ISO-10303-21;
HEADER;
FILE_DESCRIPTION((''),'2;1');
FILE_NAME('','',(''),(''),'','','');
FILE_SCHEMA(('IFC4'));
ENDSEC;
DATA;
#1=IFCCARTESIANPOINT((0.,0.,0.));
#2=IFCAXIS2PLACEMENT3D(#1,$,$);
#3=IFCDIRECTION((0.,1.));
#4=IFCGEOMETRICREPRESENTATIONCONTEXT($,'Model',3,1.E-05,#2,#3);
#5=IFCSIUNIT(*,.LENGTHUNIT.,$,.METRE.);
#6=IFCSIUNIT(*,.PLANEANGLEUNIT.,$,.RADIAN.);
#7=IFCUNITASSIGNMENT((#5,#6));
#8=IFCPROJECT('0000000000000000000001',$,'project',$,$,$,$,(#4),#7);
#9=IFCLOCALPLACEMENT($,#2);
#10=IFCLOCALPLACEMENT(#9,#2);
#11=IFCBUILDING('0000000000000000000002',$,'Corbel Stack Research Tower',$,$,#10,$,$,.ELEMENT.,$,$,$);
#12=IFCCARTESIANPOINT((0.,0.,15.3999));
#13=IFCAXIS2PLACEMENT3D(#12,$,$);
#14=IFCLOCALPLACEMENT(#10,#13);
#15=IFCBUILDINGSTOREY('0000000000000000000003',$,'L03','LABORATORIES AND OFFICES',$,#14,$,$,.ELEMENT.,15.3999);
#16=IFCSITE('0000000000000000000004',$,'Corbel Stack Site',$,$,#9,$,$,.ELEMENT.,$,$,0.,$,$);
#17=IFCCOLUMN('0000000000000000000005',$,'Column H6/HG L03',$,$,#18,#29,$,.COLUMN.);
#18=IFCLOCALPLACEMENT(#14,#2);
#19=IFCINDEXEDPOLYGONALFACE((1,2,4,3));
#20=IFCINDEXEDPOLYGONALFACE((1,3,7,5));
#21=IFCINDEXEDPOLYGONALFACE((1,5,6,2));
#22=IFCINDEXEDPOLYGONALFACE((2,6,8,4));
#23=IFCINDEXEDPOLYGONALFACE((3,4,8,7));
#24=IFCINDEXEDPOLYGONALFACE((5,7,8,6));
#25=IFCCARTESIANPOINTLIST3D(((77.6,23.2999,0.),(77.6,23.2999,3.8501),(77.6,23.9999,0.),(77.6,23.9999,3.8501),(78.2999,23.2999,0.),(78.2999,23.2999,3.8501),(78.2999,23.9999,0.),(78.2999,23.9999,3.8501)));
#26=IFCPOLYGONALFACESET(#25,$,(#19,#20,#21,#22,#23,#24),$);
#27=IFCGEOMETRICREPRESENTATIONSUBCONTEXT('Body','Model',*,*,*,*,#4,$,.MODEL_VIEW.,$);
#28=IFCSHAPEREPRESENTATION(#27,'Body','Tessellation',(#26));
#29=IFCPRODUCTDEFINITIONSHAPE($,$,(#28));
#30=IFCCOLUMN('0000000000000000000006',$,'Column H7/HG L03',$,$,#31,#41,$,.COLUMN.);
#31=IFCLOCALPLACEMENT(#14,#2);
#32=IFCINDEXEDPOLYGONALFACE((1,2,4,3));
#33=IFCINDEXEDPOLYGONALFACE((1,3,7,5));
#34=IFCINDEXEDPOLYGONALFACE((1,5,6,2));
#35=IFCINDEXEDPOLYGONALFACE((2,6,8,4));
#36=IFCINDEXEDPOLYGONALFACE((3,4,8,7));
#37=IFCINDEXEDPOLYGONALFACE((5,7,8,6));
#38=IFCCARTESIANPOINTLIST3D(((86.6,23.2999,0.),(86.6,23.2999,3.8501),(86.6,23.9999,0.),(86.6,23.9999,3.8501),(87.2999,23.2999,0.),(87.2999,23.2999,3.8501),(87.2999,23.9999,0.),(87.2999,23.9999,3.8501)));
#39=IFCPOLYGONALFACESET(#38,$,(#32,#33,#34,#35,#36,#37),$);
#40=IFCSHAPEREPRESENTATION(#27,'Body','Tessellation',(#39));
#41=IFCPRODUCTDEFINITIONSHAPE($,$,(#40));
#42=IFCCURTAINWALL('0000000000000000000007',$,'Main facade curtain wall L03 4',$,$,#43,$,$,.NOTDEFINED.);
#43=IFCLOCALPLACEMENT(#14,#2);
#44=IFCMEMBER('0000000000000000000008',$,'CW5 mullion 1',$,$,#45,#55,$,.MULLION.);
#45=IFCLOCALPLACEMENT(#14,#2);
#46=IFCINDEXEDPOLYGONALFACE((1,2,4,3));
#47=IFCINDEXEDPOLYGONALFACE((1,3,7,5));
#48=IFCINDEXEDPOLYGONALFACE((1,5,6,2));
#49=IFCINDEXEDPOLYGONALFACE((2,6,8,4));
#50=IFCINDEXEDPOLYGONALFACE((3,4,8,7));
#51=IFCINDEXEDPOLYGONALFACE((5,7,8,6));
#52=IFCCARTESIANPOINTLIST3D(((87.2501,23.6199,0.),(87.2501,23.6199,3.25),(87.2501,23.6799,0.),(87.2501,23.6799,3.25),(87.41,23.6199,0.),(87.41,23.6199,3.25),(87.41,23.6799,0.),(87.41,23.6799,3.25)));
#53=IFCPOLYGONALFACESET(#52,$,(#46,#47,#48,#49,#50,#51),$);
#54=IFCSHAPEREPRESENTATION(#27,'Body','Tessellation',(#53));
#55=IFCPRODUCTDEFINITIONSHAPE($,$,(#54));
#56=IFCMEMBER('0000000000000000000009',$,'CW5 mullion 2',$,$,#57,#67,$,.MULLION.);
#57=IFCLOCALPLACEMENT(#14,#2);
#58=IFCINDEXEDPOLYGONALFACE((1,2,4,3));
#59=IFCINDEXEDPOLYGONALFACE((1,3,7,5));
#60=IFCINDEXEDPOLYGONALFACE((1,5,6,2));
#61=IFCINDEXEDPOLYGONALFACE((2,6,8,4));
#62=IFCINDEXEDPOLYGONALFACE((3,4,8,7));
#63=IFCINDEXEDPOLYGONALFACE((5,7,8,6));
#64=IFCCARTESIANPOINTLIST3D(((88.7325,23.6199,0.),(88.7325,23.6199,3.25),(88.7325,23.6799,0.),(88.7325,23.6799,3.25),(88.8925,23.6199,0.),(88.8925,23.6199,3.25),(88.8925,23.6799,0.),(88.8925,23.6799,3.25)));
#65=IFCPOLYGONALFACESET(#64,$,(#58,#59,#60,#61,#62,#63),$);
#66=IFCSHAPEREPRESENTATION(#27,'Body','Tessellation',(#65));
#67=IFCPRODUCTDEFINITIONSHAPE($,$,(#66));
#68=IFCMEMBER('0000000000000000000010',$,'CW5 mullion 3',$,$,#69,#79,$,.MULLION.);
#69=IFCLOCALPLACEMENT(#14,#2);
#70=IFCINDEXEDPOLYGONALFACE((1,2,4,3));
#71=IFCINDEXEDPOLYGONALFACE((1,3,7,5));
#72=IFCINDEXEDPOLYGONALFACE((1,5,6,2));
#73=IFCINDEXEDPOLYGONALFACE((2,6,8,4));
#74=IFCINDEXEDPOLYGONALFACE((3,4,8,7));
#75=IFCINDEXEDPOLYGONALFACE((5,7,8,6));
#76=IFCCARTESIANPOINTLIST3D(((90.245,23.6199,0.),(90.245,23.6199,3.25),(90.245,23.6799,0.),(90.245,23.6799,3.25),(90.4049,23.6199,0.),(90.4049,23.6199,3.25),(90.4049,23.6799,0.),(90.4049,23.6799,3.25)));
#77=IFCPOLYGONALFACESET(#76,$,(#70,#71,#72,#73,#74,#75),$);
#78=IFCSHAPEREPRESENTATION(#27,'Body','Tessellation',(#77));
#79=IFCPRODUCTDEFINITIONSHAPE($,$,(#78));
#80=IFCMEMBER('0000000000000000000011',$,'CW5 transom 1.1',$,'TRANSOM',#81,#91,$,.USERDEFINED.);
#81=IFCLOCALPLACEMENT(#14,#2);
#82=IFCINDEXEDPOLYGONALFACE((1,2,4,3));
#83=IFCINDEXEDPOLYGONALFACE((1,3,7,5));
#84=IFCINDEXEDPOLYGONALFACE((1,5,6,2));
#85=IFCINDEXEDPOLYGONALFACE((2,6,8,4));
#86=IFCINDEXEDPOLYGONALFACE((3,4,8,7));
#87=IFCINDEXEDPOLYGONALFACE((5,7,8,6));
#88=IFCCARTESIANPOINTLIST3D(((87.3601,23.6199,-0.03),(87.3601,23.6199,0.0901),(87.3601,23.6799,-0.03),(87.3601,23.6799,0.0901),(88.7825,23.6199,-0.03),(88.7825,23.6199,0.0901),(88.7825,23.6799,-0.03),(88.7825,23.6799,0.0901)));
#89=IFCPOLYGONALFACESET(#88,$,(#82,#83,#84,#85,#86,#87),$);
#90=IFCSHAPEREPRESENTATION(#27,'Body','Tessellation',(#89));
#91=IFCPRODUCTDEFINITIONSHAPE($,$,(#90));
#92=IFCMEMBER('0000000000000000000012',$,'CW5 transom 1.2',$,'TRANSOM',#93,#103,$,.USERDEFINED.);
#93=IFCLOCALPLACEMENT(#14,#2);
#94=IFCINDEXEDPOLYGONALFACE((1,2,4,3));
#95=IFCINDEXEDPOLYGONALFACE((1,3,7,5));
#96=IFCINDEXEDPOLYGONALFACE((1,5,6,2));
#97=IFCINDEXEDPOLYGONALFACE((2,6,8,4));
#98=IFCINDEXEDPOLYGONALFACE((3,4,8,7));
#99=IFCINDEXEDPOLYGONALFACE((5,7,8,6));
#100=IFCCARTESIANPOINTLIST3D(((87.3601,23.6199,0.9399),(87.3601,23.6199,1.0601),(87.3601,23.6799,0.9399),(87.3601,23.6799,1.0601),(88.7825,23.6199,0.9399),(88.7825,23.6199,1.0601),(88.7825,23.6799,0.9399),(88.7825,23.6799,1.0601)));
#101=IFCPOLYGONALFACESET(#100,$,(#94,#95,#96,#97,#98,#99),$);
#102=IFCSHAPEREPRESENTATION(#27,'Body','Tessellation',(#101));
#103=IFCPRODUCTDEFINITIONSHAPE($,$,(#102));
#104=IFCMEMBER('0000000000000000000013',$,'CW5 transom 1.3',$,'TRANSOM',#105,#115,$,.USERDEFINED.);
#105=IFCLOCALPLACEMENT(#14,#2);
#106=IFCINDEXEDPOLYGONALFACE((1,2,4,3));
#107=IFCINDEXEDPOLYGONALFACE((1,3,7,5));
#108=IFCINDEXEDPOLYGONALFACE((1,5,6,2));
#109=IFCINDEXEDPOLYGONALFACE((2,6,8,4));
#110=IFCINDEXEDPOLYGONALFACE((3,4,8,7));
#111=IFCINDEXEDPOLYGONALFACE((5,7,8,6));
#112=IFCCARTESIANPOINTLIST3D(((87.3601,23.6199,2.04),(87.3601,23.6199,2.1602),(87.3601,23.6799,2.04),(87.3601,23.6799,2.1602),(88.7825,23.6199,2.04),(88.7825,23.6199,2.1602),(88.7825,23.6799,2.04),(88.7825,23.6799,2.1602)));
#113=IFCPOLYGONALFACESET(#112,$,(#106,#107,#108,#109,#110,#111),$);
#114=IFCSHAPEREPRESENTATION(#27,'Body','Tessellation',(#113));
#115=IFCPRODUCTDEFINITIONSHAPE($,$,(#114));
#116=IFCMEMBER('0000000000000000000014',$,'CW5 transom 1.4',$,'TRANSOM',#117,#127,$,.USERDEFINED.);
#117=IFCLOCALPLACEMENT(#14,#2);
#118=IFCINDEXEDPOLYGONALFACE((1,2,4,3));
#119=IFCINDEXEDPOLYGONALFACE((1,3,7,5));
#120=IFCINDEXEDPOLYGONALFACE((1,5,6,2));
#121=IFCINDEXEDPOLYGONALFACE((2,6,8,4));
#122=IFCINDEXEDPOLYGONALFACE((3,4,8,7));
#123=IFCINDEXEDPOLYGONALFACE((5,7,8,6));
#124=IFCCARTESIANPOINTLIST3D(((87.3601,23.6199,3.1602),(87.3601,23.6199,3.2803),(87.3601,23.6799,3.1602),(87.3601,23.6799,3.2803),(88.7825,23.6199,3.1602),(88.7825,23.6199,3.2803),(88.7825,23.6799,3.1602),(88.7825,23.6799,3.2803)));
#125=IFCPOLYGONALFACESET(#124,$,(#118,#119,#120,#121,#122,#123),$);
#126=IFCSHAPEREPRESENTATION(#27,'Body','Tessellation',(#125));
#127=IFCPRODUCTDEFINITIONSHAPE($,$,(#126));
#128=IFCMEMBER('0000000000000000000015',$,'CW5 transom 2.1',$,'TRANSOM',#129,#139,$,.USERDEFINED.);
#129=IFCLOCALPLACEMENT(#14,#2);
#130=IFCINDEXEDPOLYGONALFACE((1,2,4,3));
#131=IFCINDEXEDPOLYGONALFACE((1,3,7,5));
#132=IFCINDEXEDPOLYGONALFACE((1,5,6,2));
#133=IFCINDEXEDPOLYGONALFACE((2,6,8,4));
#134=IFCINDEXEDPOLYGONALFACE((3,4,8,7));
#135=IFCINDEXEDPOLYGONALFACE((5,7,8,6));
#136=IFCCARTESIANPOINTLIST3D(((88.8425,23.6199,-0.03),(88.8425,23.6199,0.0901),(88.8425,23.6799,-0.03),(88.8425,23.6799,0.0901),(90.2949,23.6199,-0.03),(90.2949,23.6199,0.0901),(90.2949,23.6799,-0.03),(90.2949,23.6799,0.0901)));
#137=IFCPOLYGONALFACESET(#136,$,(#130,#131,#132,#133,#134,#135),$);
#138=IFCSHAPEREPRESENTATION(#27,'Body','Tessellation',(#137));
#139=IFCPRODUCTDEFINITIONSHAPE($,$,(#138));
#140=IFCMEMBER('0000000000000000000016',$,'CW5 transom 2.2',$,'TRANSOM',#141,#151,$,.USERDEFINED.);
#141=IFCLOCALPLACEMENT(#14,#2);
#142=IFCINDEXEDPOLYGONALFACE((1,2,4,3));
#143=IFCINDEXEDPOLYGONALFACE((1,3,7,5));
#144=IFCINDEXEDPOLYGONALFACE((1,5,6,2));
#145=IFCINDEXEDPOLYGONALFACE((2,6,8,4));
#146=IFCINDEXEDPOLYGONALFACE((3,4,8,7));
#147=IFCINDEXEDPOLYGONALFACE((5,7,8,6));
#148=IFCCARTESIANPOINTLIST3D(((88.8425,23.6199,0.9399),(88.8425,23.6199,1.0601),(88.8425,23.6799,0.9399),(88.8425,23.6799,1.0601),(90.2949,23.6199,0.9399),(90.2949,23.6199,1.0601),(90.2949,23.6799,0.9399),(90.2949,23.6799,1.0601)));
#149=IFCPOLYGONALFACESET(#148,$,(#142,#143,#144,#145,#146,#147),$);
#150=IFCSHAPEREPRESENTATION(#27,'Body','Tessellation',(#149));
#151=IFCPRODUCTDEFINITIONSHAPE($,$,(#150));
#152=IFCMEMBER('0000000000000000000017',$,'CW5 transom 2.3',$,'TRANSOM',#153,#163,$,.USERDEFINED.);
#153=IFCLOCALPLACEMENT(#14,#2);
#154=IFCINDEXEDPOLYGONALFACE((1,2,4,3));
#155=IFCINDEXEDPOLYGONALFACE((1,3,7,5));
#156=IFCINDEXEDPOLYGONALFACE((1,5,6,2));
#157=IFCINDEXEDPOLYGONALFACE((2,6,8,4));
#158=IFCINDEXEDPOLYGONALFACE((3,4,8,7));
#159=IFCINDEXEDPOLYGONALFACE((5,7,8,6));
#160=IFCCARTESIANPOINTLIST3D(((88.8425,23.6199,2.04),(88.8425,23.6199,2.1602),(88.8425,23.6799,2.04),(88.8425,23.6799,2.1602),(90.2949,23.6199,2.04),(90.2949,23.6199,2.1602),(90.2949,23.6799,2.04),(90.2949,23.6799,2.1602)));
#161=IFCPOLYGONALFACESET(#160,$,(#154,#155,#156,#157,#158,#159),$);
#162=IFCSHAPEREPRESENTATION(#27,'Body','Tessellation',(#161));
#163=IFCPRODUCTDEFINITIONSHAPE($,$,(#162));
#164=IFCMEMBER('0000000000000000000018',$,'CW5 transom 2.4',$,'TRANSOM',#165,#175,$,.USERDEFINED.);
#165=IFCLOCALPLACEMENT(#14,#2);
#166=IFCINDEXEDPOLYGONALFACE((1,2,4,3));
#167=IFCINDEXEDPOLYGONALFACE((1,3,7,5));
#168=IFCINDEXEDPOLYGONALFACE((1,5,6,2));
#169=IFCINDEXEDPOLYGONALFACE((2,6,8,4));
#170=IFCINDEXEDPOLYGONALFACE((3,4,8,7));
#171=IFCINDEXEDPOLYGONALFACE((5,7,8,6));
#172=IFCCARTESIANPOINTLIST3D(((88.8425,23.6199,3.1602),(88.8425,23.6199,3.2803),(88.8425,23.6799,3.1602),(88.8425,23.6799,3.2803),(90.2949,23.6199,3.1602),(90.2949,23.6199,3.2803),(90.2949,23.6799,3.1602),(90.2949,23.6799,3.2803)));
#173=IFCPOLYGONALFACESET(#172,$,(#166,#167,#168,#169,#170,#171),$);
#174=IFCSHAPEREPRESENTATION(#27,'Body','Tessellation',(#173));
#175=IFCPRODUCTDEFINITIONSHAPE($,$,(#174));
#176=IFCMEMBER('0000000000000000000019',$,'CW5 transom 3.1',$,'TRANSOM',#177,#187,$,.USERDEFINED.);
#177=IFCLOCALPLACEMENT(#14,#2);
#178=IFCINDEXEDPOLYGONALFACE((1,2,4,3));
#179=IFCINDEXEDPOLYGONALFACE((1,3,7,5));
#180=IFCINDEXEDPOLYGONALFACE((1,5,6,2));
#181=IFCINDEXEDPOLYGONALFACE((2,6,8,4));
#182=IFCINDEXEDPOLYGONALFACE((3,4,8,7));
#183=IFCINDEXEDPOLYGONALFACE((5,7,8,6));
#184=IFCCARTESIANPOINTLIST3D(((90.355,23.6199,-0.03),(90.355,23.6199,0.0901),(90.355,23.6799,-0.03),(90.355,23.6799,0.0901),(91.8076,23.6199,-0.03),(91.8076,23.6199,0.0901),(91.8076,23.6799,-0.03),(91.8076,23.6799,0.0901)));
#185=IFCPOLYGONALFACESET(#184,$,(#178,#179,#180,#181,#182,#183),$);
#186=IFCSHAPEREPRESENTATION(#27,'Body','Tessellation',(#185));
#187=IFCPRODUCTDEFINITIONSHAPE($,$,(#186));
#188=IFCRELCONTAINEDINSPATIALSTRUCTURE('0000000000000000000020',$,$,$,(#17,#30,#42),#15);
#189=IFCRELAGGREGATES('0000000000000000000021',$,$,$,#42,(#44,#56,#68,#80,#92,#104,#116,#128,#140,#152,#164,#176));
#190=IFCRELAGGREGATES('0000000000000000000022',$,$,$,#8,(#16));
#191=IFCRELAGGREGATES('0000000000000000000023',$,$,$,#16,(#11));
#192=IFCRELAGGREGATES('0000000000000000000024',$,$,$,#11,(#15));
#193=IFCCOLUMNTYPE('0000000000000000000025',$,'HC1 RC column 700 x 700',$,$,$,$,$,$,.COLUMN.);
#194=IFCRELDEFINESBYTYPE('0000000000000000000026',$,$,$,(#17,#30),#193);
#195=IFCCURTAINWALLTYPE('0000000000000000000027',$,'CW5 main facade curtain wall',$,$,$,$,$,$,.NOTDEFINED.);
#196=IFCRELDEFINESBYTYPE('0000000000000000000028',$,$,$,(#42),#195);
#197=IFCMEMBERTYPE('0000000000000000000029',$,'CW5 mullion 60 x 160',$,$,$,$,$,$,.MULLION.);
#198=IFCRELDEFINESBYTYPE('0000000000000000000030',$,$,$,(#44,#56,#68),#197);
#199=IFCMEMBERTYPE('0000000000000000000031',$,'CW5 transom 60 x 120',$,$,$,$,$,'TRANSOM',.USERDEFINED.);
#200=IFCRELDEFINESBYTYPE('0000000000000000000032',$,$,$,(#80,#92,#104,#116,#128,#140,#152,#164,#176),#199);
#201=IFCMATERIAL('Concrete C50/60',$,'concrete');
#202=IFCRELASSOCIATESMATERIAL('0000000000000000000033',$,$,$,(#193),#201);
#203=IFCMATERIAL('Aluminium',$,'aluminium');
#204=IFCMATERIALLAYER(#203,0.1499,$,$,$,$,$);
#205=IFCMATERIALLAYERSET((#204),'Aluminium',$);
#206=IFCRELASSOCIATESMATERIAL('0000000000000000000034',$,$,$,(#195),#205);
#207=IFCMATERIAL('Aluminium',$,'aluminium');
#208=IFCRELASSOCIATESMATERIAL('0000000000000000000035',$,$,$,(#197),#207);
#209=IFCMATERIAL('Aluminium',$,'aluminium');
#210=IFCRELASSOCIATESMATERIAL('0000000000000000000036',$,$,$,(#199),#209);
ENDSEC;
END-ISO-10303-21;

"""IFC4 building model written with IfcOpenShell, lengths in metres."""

from ifc_helpers import new_model, si_unit, direction, frame, origin, origin_2d, place, context, subcontext, project, spatial, rectangle, extrude, material, layer, layer_set, material_profile, profile_set, type_object, element, aggregate, save


model = new_model("IFC4")

# Units and contexts
model_context = context("Model", 3, precision=1e-05, world=origin(), true_north=direction((0.0, 1.0)))
body_context = subcontext(model_context, "Body", "Model", "MODEL_VIEW")
ifc_project = project(units=[si_unit("LENGTHUNIT", "METRE"), si_unit("PLANEANGLEUNIT", "RADIAN")], contexts=[model_context])

# Site, building, storey
site_placement = place(None, origin())
site = spatial("IfcSite", under=ifc_project, at=site_placement, Name="Corbel Stack Site", CompositionType="ELEMENT", RefElevation=0.0)
building_placement = place(site_placement, origin())
building = spatial("IfcBuilding", under=site, at=building_placement, Name="Corbel Stack Research Tower", CompositionType="ELEMENT")
storey_placement = place(building_placement, frame((0.0, 0.0, 15.3999)))
storey = spatial("IfcBuildingStorey", under=building, at=storey_placement, Name="L03", Description="LABORATORIES AND OFFICES", CompositionType="ELEMENT", Elevation=15.3999)

# Columns
ifc_material_1 = material(Name="Concrete C50/60", Category="concrete")
ifc_material_profile_1 = material_profile(ifc_material_1, rectangle(XDim=0.7, YDim=0.7, at=origin_2d()), Name="RC 700 x 700")
ifc_profile_set_1 = profile_set([ifc_material_profile_1], Name="Concrete C50/60")
column_type = type_object("IfcColumnType", Name="HC1 RC column 700 x 700", PredefinedType="COLUMN", material=ifc_profile_set_1)
for number, where, z_axis, x_axis, name in (
    (1, (77.95, 23.6499, 0.0), (0.0, 0.0, 1.0), (1.0, 0.0, 0.0), "Column H6/HG L03"),
    (2, (86.95, 23.6499, 0.0), (0.0, 0.0, 1.0), (1.0, 0.0, 0.0), "Column H7/HG L03"),
):
    element("IfcColumn", number, at=place(storey_placement, frame(where, z_axis=z_axis, x_axis=x_axis)), inside=storey, type_object=column_type, Name=name, PredefinedType="COLUMN", context=body_context, shape_type="SweptSolid", body=[
        extrude(rectangle(XDim=0.7, YDim=0.7, at=origin_2d()), origin(), (0.0, 0.0, 1.0), 3.8501),
    ])

# Curtain wall, members
ifc_material_2 = material(Name="Aluminium", Category="aluminium")
ifc_layer_1 = layer(ifc_material_2, 0.1499)
ifc_layer_set_1 = layer_set([ifc_layer_1], Name="Aluminium")
curtain_wall_type = type_object("IfcCurtainWallType", Name="CW5 main facade curtain wall", PredefinedType="NOTDEFINED", material=ifc_layer_set_1)
curtain_wall_placement = place(storey_placement, origin())
curtain_wall = element("IfcCurtainWall", 3, at=curtain_wall_placement, inside=storey, type_object=curtain_wall_type, Name="Main facade curtain wall L03 4", PredefinedType="NOTDEFINED")
ifc_material_3 = material(Name="Aluminium", Category="aluminium")
ifc_material_profile_2 = material_profile(ifc_material_3, rectangle(XDim=0.0601, YDim=0.1599, at=origin_2d()), Name="Mullion 60 x 160")
ifc_profile_set_2 = profile_set([ifc_material_profile_2], Name="Aluminium")
member_type_1 = type_object("IfcMemberType", Name="CW5 mullion 60 x 160", PredefinedType="MULLION", material=ifc_profile_set_2)
member_1_placement = place(storey_placement, frame((87.3301, 23.6499, 0.0), z_axis=(0.0, 0.0, 1.0), x_axis=(0.0, 1.0, 0.0)))
member_1 = element("IfcMember", 4, at=member_1_placement, type_object=member_type_1, Name="CW5 mullion 1", PredefinedType="MULLION", context=body_context, shape_type="SweptSolid", body=[
    extrude(rectangle(XDim=0.0601, YDim=0.1599, at=origin_2d()), origin(), (0.0, 0.0, 1.0), 3.25),
])
member_2_placement = place(storey_placement, frame((88.8125, 23.6499, 0.0), z_axis=(0.0, 0.0, 1.0), x_axis=(0.0, 1.0, 0.0)))
member_2 = element("IfcMember", 5, at=member_2_placement, type_object=member_type_1, Name="CW5 mullion 2", PredefinedType="MULLION", context=body_context, shape_type="SweptSolid", body=[
    extrude(rectangle(XDim=0.0601, YDim=0.1599, at=origin_2d()), origin(), (0.0, 0.0, 1.0), 3.25),
])
member_3_placement = place(storey_placement, frame((90.325, 23.6499, 0.0), z_axis=(0.0, 0.0, 1.0), x_axis=(0.0, 1.0, 0.0)))
member_3 = element("IfcMember", 6, at=member_3_placement, type_object=member_type_1, Name="CW5 mullion 3", PredefinedType="MULLION", context=body_context, shape_type="SweptSolid", body=[
    extrude(rectangle(XDim=0.0601, YDim=0.1599, at=origin_2d()), origin(), (0.0, 0.0, 1.0), 3.25),
])
ifc_material_4 = material(Name="Aluminium", Category="aluminium")
ifc_material_profile_3 = material_profile(ifc_material_4, rectangle(XDim=0.0601, YDim=0.1201, at=origin_2d()), Name="Transom 60 x 120")
ifc_profile_set_3 = profile_set([ifc_material_profile_3], Name="Aluminium")
member_type_2 = type_object("IfcMemberType", Name="CW5 transom 60 x 120", ElementType="TRANSOM", PredefinedType="USERDEFINED", material=ifc_profile_set_3)
member_4_placement = place(storey_placement, frame((87.3601, 23.6499, 0.03), z_axis=(1.0, 0.0, 0.0), x_axis=(0.0, 1.0, 0.0)))
member_4 = element("IfcMember", 7, at=member_4_placement, type_object=member_type_2, Name="CW5 transom 1.1", ObjectType="TRANSOM", PredefinedType="USERDEFINED", context=body_context, shape_type="SweptSolid", body=[
    extrude(rectangle(XDim=0.0601, YDim=0.1201, at=origin_2d()), origin(), (0.0, 0.0, 1.0), 1.4224),
])
member_5_placement = place(storey_placement, frame((87.3601, 23.6499, 1.0), z_axis=(1.0, 0.0, 0.0), x_axis=(0.0, 1.0, 0.0)))
member_5 = element("IfcMember", 8, at=member_5_placement, type_object=member_type_2, Name="CW5 transom 1.2", ObjectType="TRANSOM", PredefinedType="USERDEFINED", context=body_context, shape_type="SweptSolid", body=[
    extrude(rectangle(XDim=0.0601, YDim=0.1201, at=origin_2d()), origin(), (0.0, 0.0, 1.0), 1.4224),
])
member_6_placement = place(storey_placement, frame((87.3601, 23.6499, 2.1001), z_axis=(1.0, 0.0, 0.0), x_axis=(0.0, 1.0, 0.0)))
member_6 = element("IfcMember", 9, at=member_6_placement, type_object=member_type_2, Name="CW5 transom 1.3", ObjectType="TRANSOM", PredefinedType="USERDEFINED", context=body_context, shape_type="SweptSolid", body=[
    extrude(rectangle(XDim=0.0601, YDim=0.1201, at=origin_2d()), origin(), (0.0, 0.0, 1.0), 1.4224),
])
member_7_placement = place(storey_placement, frame((87.3601, 23.6499, 3.2202), z_axis=(1.0, 0.0, 0.0), x_axis=(0.0, 1.0, 0.0)))
member_7 = element("IfcMember", 10, at=member_7_placement, type_object=member_type_2, Name="CW5 transom 1.4", ObjectType="TRANSOM", PredefinedType="USERDEFINED", context=body_context, shape_type="SweptSolid", body=[
    extrude(rectangle(XDim=0.0601, YDim=0.1201, at=origin_2d()), origin(), (0.0, 0.0, 1.0), 1.4224),
])
member_8_placement = place(storey_placement, frame((88.8425, 23.6499, 0.03), z_axis=(1.0, 0.0, 0.0), x_axis=(0.0, 1.0, 0.0)))
member_8 = element("IfcMember", 11, at=member_8_placement, type_object=member_type_2, Name="CW5 transom 2.1", ObjectType="TRANSOM", PredefinedType="USERDEFINED", context=body_context, shape_type="SweptSolid", body=[
    extrude(rectangle(XDim=0.0601, YDim=0.1201, at=origin_2d()), origin(), (0.0, 0.0, 1.0), 1.4524),
])
member_9_placement = place(storey_placement, frame((88.8425, 23.6499, 1.0), z_axis=(1.0, 0.0, 0.0), x_axis=(0.0, 1.0, 0.0)))
member_9 = element("IfcMember", 12, at=member_9_placement, type_object=member_type_2, Name="CW5 transom 2.2", ObjectType="TRANSOM", PredefinedType="USERDEFINED", context=body_context, shape_type="SweptSolid", body=[
    extrude(rectangle(XDim=0.0601, YDim=0.1201, at=origin_2d()), origin(), (0.0, 0.0, 1.0), 1.4524),
])
member_10_placement = place(storey_placement, frame((88.8425, 23.6499, 2.1001), z_axis=(1.0, 0.0, 0.0), x_axis=(0.0, 1.0, 0.0)))
member_10 = element("IfcMember", 13, at=member_10_placement, type_object=member_type_2, Name="CW5 transom 2.3", ObjectType="TRANSOM", PredefinedType="USERDEFINED", context=body_context, shape_type="SweptSolid", body=[
    extrude(rectangle(XDim=0.0601, YDim=0.1201, at=origin_2d()), origin(), (0.0, 0.0, 1.0), 1.4524),
])
member_11_placement = place(storey_placement, frame((88.8425, 23.6499, 3.2202), z_axis=(1.0, 0.0, 0.0), x_axis=(0.0, 1.0, 0.0)))
member_11 = element("IfcMember", 14, at=member_11_placement, type_object=member_type_2, Name="CW5 transom 2.4", ObjectType="TRANSOM", PredefinedType="USERDEFINED", context=body_context, shape_type="SweptSolid", body=[
    extrude(rectangle(XDim=0.0601, YDim=0.1201, at=origin_2d()), origin(), (0.0, 0.0, 1.0), 1.4524),
])
member_12_placement = place(storey_placement, frame((90.355, 23.6499, 0.03), z_axis=(1.0, 0.0, 0.0), x_axis=(0.0, 1.0, 0.0)))
member_12 = element("IfcMember", 15, at=member_12_placement, type_object=member_type_2, Name="CW5 transom 3.1", ObjectType="TRANSOM", PredefinedType="USERDEFINED", context=body_context, shape_type="SweptSolid", body=[
    extrude(rectangle(XDim=0.0601, YDim=0.1201, at=origin_2d()), origin(), (0.0, 0.0, 1.0), 1.4526),
])

aggregate(curtain_wall, [member_1, member_2, member_3, member_4, member_5, member_6, member_7, member_8, member_9, member_10, member_11, member_12])

save(model, "model.ifc")
